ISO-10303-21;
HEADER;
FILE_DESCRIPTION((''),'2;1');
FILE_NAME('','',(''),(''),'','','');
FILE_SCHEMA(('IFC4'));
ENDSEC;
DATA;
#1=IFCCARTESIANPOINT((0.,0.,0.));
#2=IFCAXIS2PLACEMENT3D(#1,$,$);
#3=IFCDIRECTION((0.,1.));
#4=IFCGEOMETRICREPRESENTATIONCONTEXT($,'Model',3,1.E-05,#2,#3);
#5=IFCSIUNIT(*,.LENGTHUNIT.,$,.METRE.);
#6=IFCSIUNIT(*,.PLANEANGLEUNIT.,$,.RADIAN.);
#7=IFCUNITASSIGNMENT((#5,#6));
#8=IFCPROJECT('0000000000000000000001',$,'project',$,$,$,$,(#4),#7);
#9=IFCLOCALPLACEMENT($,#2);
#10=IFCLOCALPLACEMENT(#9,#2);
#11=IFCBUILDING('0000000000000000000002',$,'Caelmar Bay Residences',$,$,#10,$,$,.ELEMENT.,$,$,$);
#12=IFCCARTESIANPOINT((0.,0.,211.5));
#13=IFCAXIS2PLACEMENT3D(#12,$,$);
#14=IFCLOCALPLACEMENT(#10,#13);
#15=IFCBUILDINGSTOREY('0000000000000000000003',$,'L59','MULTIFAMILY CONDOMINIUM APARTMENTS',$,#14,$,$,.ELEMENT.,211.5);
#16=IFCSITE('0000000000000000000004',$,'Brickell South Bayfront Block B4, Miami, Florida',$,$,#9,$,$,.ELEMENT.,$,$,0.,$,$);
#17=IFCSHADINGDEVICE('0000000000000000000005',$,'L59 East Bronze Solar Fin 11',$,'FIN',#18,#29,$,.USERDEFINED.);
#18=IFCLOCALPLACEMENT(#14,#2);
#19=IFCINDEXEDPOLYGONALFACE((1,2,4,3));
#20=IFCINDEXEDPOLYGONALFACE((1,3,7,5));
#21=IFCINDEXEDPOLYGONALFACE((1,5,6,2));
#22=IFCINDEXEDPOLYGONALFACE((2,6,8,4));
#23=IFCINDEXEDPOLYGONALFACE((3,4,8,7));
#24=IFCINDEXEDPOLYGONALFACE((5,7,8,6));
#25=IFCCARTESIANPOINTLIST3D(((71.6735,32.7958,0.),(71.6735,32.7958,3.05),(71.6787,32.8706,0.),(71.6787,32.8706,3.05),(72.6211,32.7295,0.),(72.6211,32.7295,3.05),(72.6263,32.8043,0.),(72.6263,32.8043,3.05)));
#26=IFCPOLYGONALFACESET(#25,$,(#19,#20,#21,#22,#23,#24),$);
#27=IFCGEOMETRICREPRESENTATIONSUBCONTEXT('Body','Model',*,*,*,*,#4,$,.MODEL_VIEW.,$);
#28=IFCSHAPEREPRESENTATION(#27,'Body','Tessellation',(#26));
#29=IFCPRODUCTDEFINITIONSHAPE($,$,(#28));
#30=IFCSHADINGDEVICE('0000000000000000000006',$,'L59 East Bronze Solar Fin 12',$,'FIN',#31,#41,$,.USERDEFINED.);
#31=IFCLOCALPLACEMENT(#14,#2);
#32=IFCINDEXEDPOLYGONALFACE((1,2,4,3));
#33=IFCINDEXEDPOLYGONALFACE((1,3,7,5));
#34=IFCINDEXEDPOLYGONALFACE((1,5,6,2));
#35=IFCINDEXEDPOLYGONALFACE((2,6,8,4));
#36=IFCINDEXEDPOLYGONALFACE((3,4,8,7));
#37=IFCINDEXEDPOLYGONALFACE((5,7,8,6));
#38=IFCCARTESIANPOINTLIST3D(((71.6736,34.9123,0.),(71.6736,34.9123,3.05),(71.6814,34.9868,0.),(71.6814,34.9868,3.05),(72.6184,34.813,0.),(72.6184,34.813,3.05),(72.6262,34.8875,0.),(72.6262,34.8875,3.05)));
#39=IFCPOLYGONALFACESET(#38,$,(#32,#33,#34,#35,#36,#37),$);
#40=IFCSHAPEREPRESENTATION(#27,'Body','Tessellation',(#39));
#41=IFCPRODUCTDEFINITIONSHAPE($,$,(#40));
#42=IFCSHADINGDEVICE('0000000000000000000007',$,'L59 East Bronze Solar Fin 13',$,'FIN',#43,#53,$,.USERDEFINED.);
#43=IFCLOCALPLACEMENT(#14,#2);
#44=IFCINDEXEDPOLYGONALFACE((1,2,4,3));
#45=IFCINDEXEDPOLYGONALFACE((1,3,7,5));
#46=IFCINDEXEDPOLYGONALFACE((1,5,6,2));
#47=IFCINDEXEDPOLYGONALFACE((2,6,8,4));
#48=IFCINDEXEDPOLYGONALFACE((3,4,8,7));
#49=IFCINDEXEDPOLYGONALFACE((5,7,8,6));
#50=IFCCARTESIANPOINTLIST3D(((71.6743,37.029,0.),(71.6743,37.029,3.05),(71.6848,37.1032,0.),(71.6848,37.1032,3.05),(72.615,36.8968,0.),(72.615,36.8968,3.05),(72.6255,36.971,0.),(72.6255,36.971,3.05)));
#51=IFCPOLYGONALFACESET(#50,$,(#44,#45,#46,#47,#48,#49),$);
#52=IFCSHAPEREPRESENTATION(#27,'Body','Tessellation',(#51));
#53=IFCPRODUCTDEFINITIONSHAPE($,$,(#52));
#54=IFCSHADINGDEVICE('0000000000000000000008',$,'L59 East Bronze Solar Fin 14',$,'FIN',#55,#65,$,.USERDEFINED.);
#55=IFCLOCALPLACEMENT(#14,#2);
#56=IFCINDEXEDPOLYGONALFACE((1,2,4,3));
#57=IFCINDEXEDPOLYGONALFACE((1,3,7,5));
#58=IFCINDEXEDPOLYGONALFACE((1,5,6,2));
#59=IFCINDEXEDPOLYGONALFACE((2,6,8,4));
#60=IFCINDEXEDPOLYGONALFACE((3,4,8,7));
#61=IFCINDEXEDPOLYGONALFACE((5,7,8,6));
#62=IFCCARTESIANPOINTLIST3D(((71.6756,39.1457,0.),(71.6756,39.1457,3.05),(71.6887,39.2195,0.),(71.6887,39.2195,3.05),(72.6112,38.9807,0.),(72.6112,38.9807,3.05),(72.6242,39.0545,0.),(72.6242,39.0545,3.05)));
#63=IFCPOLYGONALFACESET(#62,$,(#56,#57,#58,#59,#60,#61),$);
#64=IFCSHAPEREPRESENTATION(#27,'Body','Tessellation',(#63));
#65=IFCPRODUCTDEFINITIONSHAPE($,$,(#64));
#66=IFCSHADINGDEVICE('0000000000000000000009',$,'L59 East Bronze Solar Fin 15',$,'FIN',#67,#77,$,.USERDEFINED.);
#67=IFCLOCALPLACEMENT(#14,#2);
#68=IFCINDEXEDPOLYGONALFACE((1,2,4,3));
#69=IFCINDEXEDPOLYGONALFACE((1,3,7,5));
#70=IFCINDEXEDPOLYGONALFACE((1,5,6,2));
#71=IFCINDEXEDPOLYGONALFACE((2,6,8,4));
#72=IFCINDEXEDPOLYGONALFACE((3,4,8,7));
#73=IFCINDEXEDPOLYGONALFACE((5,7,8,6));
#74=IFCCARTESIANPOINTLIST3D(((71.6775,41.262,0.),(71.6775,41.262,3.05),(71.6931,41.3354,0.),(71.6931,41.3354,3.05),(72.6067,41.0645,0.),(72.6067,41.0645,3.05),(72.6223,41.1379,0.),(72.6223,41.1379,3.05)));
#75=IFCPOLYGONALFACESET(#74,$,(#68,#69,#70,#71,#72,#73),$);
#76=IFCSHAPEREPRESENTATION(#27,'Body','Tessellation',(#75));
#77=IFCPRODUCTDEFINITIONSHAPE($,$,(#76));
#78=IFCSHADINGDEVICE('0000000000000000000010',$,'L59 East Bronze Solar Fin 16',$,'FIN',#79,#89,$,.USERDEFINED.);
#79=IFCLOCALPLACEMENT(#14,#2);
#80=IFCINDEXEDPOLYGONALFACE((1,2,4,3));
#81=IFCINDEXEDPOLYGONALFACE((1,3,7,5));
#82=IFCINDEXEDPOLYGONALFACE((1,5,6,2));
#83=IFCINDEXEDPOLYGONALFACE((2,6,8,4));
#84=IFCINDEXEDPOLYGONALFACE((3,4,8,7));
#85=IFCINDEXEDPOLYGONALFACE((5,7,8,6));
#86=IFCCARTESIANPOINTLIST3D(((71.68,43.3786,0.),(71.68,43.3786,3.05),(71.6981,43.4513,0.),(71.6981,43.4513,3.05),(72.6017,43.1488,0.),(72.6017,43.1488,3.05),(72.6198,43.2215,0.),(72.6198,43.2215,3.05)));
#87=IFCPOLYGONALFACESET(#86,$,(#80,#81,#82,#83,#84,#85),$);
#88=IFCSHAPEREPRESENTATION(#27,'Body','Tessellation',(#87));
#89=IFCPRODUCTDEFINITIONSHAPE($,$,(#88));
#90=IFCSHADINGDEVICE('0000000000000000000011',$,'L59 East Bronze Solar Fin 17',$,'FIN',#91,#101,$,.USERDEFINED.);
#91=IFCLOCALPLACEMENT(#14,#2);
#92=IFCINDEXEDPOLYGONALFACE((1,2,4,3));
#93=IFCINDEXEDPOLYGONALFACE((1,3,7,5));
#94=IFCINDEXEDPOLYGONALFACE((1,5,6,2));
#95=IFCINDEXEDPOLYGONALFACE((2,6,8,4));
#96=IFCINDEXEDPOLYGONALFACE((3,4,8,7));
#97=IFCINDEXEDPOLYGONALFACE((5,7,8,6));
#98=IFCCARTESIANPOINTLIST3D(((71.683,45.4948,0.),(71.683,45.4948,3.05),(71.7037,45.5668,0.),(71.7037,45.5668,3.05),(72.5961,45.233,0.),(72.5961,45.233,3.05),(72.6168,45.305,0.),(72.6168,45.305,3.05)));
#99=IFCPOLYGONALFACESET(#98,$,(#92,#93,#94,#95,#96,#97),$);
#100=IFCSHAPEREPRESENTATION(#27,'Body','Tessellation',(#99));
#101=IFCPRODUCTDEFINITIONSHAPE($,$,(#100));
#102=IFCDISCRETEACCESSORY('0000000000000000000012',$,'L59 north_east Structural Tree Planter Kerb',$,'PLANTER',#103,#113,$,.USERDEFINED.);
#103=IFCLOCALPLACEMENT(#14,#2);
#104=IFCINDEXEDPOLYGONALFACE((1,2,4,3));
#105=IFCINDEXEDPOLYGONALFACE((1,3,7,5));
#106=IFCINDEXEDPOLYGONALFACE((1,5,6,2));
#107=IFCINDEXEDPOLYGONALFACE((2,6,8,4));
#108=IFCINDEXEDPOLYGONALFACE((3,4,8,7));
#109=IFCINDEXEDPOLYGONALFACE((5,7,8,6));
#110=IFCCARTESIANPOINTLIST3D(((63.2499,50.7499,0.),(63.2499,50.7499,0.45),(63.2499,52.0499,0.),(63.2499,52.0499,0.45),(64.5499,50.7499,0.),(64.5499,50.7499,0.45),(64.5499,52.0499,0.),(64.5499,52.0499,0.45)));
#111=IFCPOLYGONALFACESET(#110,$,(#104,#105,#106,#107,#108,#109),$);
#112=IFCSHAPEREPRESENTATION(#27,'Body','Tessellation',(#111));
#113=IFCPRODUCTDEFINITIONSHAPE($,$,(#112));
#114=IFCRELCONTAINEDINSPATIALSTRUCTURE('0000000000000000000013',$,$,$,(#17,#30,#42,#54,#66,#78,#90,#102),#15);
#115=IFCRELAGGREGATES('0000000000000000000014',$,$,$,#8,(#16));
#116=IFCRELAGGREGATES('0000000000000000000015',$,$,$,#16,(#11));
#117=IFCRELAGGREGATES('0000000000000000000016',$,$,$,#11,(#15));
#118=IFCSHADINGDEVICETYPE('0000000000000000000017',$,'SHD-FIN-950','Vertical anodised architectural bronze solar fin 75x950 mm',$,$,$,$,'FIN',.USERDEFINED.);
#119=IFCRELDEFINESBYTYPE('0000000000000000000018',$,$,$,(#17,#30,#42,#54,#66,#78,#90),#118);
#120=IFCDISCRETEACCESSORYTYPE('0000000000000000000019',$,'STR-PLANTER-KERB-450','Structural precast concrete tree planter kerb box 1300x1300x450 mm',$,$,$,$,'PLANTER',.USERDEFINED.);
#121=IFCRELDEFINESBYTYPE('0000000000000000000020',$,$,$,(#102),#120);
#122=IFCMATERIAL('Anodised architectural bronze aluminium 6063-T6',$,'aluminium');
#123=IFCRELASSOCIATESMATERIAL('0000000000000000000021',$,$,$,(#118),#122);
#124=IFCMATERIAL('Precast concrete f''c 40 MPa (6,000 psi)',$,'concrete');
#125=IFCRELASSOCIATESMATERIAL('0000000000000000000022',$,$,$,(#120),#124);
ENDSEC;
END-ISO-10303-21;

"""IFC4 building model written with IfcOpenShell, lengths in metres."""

from ifc_helpers import new_model, si_unit, direction, frame, origin, origin_2d, place, context, subcontext, project, spatial, rectangle, extrude, material, material_profile, profile_set, type_object, element, save


model = new_model("IFC4")

# Units and contexts
model_context = context("Model", 3, precision=1e-05, world=origin(), true_north=direction((0.0, 1.0)))
body_context = subcontext(model_context, "Body", "Model", "MODEL_VIEW")
ifc_project = project(units=[si_unit("LENGTHUNIT", "METRE"), si_unit("PLANEANGLEUNIT", "RADIAN")], contexts=[model_context])

# Site, building, storey
site_placement = place(None, origin())
site = spatial("IfcSite", under=ifc_project, at=site_placement, Name="Brickell South Bayfront Block B4, Miami, Florida", CompositionType="ELEMENT", RefElevation=0.0)
building_placement = place(site_placement, origin())
building = spatial("IfcBuilding", under=site, at=building_placement, Name="Caelmar Bay Residences", CompositionType="ELEMENT")
storey_placement = place(building_placement, frame((0.0, 0.0, 211.5)))
storey = spatial("IfcBuildingStorey", under=building, at=storey_placement, Name="L59", Description="MULTIFAMILY CONDOMINIUM APARTMENTS", CompositionType="ELEMENT", Elevation=211.5)

# Shared definitions
ifc_material_1 = material(Name="Precast concrete f'c 40 MPa (6,000 psi)", Category="concrete")

# Shading devices
ifc_material_2 = material(Name="Anodised architectural bronze aluminium 6063-T6", Category="aluminium")
ifc_material_profile_1 = material_profile(ifc_material_2, rectangle(XDim=0.075, YDim=0.95, at=origin_2d()), Name="BRONZE-FIN-75X950")
ifc_profile_set_1 = profile_set([ifc_material_profile_1], Name="Anodised architectural bronze aluminium 6063-T6")
shading_device_type = type_object("IfcShadingDeviceType", Name="SHD-FIN-950", Description="Vertical anodised architectural bronze solar fin 75x950 mm", ElementType="FIN", PredefinedType="USERDEFINED", material=ifc_profile_set_1)
for number, where, z_axis, x_axis, name in (
    (1, (72.1499, 32.8, 0.0), (0.0, 0.0, 1.0), (0.069756, 0.997564, 0.0), "L59 East Bronze Solar Fin 11"),
    (2, (72.1499, 34.8999, 0.0), (0.0, 0.0, 1.0), (0.104528, 0.994522, 0.0), "L59 East Bronze Solar Fin 12"),
    (3, (72.1499, 37.0, 0.0), (0.0, 0.0, 1.0), (0.139173, 0.990268, 0.0), "L59 East Bronze Solar Fin 13"),
    (4, (72.1499, 39.1001, 0.0), (0.0, 0.0, 1.0), (0.173648, 0.984808, 0.0), "L59 East Bronze Solar Fin 14"),
    (5, (72.1499, 41.2, 0.0), (0.0, 0.0, 1.0), (0.207912, 0.978148, 0.0), "L59 East Bronze Solar Fin 15"),
    (6, (72.1499, 43.3, 0.0), (0.0, 0.0, 1.0), (0.241922, 0.970296, 0.0), "L59 East Bronze Solar Fin 16"),
    (7, (72.1499, 45.3999, 0.0), (0.0, 0.0, 1.0), (0.275637, 0.961262, 0.0), "L59 East Bronze Solar Fin 17"),
):
    element("IfcShadingDevice", number, at=place(storey_placement, frame(where, z_axis=z_axis, x_axis=x_axis)), inside=storey, type_object=shading_device_type, Name=name, ObjectType="FIN", PredefinedType="USERDEFINED", context=body_context, shape_type="SweptSolid", body=[
        extrude(rectangle(XDim=0.075, YDim=0.95, at=origin_2d()), origin(), (0.0, 0.0, 1.0), 3.05),
    ])

# Discrete accessory
discrete_accessory_type = type_object("IfcDiscreteAccessoryType", Name="STR-PLANTER-KERB-450", Description="Structural precast concrete tree planter kerb box 1300x1300x450 mm", ElementType="PLANTER", PredefinedType="USERDEFINED", material=ifc_material_1)
discrete_accessory_placement = place(storey_placement, frame((63.8999, 51.3999, 0.0), z_axis=(0.0, 0.0, 1.0), x_axis=(1.0, 0.0, 0.0)))
element("IfcDiscreteAccessory", 8, at=discrete_accessory_placement, inside=storey, type_object=discrete_accessory_type, Name="L59 north_east Structural Tree Planter Kerb", ObjectType="PLANTER", PredefinedType="USERDEFINED", context=body_context, shape_type="SweptSolid", body=[
    extrude(rectangle(XDim=1.3, YDim=1.3, at=origin_2d()), origin(), (0.0, 0.0, 1.0), 0.45),
])

save(model, "model.ifc")
